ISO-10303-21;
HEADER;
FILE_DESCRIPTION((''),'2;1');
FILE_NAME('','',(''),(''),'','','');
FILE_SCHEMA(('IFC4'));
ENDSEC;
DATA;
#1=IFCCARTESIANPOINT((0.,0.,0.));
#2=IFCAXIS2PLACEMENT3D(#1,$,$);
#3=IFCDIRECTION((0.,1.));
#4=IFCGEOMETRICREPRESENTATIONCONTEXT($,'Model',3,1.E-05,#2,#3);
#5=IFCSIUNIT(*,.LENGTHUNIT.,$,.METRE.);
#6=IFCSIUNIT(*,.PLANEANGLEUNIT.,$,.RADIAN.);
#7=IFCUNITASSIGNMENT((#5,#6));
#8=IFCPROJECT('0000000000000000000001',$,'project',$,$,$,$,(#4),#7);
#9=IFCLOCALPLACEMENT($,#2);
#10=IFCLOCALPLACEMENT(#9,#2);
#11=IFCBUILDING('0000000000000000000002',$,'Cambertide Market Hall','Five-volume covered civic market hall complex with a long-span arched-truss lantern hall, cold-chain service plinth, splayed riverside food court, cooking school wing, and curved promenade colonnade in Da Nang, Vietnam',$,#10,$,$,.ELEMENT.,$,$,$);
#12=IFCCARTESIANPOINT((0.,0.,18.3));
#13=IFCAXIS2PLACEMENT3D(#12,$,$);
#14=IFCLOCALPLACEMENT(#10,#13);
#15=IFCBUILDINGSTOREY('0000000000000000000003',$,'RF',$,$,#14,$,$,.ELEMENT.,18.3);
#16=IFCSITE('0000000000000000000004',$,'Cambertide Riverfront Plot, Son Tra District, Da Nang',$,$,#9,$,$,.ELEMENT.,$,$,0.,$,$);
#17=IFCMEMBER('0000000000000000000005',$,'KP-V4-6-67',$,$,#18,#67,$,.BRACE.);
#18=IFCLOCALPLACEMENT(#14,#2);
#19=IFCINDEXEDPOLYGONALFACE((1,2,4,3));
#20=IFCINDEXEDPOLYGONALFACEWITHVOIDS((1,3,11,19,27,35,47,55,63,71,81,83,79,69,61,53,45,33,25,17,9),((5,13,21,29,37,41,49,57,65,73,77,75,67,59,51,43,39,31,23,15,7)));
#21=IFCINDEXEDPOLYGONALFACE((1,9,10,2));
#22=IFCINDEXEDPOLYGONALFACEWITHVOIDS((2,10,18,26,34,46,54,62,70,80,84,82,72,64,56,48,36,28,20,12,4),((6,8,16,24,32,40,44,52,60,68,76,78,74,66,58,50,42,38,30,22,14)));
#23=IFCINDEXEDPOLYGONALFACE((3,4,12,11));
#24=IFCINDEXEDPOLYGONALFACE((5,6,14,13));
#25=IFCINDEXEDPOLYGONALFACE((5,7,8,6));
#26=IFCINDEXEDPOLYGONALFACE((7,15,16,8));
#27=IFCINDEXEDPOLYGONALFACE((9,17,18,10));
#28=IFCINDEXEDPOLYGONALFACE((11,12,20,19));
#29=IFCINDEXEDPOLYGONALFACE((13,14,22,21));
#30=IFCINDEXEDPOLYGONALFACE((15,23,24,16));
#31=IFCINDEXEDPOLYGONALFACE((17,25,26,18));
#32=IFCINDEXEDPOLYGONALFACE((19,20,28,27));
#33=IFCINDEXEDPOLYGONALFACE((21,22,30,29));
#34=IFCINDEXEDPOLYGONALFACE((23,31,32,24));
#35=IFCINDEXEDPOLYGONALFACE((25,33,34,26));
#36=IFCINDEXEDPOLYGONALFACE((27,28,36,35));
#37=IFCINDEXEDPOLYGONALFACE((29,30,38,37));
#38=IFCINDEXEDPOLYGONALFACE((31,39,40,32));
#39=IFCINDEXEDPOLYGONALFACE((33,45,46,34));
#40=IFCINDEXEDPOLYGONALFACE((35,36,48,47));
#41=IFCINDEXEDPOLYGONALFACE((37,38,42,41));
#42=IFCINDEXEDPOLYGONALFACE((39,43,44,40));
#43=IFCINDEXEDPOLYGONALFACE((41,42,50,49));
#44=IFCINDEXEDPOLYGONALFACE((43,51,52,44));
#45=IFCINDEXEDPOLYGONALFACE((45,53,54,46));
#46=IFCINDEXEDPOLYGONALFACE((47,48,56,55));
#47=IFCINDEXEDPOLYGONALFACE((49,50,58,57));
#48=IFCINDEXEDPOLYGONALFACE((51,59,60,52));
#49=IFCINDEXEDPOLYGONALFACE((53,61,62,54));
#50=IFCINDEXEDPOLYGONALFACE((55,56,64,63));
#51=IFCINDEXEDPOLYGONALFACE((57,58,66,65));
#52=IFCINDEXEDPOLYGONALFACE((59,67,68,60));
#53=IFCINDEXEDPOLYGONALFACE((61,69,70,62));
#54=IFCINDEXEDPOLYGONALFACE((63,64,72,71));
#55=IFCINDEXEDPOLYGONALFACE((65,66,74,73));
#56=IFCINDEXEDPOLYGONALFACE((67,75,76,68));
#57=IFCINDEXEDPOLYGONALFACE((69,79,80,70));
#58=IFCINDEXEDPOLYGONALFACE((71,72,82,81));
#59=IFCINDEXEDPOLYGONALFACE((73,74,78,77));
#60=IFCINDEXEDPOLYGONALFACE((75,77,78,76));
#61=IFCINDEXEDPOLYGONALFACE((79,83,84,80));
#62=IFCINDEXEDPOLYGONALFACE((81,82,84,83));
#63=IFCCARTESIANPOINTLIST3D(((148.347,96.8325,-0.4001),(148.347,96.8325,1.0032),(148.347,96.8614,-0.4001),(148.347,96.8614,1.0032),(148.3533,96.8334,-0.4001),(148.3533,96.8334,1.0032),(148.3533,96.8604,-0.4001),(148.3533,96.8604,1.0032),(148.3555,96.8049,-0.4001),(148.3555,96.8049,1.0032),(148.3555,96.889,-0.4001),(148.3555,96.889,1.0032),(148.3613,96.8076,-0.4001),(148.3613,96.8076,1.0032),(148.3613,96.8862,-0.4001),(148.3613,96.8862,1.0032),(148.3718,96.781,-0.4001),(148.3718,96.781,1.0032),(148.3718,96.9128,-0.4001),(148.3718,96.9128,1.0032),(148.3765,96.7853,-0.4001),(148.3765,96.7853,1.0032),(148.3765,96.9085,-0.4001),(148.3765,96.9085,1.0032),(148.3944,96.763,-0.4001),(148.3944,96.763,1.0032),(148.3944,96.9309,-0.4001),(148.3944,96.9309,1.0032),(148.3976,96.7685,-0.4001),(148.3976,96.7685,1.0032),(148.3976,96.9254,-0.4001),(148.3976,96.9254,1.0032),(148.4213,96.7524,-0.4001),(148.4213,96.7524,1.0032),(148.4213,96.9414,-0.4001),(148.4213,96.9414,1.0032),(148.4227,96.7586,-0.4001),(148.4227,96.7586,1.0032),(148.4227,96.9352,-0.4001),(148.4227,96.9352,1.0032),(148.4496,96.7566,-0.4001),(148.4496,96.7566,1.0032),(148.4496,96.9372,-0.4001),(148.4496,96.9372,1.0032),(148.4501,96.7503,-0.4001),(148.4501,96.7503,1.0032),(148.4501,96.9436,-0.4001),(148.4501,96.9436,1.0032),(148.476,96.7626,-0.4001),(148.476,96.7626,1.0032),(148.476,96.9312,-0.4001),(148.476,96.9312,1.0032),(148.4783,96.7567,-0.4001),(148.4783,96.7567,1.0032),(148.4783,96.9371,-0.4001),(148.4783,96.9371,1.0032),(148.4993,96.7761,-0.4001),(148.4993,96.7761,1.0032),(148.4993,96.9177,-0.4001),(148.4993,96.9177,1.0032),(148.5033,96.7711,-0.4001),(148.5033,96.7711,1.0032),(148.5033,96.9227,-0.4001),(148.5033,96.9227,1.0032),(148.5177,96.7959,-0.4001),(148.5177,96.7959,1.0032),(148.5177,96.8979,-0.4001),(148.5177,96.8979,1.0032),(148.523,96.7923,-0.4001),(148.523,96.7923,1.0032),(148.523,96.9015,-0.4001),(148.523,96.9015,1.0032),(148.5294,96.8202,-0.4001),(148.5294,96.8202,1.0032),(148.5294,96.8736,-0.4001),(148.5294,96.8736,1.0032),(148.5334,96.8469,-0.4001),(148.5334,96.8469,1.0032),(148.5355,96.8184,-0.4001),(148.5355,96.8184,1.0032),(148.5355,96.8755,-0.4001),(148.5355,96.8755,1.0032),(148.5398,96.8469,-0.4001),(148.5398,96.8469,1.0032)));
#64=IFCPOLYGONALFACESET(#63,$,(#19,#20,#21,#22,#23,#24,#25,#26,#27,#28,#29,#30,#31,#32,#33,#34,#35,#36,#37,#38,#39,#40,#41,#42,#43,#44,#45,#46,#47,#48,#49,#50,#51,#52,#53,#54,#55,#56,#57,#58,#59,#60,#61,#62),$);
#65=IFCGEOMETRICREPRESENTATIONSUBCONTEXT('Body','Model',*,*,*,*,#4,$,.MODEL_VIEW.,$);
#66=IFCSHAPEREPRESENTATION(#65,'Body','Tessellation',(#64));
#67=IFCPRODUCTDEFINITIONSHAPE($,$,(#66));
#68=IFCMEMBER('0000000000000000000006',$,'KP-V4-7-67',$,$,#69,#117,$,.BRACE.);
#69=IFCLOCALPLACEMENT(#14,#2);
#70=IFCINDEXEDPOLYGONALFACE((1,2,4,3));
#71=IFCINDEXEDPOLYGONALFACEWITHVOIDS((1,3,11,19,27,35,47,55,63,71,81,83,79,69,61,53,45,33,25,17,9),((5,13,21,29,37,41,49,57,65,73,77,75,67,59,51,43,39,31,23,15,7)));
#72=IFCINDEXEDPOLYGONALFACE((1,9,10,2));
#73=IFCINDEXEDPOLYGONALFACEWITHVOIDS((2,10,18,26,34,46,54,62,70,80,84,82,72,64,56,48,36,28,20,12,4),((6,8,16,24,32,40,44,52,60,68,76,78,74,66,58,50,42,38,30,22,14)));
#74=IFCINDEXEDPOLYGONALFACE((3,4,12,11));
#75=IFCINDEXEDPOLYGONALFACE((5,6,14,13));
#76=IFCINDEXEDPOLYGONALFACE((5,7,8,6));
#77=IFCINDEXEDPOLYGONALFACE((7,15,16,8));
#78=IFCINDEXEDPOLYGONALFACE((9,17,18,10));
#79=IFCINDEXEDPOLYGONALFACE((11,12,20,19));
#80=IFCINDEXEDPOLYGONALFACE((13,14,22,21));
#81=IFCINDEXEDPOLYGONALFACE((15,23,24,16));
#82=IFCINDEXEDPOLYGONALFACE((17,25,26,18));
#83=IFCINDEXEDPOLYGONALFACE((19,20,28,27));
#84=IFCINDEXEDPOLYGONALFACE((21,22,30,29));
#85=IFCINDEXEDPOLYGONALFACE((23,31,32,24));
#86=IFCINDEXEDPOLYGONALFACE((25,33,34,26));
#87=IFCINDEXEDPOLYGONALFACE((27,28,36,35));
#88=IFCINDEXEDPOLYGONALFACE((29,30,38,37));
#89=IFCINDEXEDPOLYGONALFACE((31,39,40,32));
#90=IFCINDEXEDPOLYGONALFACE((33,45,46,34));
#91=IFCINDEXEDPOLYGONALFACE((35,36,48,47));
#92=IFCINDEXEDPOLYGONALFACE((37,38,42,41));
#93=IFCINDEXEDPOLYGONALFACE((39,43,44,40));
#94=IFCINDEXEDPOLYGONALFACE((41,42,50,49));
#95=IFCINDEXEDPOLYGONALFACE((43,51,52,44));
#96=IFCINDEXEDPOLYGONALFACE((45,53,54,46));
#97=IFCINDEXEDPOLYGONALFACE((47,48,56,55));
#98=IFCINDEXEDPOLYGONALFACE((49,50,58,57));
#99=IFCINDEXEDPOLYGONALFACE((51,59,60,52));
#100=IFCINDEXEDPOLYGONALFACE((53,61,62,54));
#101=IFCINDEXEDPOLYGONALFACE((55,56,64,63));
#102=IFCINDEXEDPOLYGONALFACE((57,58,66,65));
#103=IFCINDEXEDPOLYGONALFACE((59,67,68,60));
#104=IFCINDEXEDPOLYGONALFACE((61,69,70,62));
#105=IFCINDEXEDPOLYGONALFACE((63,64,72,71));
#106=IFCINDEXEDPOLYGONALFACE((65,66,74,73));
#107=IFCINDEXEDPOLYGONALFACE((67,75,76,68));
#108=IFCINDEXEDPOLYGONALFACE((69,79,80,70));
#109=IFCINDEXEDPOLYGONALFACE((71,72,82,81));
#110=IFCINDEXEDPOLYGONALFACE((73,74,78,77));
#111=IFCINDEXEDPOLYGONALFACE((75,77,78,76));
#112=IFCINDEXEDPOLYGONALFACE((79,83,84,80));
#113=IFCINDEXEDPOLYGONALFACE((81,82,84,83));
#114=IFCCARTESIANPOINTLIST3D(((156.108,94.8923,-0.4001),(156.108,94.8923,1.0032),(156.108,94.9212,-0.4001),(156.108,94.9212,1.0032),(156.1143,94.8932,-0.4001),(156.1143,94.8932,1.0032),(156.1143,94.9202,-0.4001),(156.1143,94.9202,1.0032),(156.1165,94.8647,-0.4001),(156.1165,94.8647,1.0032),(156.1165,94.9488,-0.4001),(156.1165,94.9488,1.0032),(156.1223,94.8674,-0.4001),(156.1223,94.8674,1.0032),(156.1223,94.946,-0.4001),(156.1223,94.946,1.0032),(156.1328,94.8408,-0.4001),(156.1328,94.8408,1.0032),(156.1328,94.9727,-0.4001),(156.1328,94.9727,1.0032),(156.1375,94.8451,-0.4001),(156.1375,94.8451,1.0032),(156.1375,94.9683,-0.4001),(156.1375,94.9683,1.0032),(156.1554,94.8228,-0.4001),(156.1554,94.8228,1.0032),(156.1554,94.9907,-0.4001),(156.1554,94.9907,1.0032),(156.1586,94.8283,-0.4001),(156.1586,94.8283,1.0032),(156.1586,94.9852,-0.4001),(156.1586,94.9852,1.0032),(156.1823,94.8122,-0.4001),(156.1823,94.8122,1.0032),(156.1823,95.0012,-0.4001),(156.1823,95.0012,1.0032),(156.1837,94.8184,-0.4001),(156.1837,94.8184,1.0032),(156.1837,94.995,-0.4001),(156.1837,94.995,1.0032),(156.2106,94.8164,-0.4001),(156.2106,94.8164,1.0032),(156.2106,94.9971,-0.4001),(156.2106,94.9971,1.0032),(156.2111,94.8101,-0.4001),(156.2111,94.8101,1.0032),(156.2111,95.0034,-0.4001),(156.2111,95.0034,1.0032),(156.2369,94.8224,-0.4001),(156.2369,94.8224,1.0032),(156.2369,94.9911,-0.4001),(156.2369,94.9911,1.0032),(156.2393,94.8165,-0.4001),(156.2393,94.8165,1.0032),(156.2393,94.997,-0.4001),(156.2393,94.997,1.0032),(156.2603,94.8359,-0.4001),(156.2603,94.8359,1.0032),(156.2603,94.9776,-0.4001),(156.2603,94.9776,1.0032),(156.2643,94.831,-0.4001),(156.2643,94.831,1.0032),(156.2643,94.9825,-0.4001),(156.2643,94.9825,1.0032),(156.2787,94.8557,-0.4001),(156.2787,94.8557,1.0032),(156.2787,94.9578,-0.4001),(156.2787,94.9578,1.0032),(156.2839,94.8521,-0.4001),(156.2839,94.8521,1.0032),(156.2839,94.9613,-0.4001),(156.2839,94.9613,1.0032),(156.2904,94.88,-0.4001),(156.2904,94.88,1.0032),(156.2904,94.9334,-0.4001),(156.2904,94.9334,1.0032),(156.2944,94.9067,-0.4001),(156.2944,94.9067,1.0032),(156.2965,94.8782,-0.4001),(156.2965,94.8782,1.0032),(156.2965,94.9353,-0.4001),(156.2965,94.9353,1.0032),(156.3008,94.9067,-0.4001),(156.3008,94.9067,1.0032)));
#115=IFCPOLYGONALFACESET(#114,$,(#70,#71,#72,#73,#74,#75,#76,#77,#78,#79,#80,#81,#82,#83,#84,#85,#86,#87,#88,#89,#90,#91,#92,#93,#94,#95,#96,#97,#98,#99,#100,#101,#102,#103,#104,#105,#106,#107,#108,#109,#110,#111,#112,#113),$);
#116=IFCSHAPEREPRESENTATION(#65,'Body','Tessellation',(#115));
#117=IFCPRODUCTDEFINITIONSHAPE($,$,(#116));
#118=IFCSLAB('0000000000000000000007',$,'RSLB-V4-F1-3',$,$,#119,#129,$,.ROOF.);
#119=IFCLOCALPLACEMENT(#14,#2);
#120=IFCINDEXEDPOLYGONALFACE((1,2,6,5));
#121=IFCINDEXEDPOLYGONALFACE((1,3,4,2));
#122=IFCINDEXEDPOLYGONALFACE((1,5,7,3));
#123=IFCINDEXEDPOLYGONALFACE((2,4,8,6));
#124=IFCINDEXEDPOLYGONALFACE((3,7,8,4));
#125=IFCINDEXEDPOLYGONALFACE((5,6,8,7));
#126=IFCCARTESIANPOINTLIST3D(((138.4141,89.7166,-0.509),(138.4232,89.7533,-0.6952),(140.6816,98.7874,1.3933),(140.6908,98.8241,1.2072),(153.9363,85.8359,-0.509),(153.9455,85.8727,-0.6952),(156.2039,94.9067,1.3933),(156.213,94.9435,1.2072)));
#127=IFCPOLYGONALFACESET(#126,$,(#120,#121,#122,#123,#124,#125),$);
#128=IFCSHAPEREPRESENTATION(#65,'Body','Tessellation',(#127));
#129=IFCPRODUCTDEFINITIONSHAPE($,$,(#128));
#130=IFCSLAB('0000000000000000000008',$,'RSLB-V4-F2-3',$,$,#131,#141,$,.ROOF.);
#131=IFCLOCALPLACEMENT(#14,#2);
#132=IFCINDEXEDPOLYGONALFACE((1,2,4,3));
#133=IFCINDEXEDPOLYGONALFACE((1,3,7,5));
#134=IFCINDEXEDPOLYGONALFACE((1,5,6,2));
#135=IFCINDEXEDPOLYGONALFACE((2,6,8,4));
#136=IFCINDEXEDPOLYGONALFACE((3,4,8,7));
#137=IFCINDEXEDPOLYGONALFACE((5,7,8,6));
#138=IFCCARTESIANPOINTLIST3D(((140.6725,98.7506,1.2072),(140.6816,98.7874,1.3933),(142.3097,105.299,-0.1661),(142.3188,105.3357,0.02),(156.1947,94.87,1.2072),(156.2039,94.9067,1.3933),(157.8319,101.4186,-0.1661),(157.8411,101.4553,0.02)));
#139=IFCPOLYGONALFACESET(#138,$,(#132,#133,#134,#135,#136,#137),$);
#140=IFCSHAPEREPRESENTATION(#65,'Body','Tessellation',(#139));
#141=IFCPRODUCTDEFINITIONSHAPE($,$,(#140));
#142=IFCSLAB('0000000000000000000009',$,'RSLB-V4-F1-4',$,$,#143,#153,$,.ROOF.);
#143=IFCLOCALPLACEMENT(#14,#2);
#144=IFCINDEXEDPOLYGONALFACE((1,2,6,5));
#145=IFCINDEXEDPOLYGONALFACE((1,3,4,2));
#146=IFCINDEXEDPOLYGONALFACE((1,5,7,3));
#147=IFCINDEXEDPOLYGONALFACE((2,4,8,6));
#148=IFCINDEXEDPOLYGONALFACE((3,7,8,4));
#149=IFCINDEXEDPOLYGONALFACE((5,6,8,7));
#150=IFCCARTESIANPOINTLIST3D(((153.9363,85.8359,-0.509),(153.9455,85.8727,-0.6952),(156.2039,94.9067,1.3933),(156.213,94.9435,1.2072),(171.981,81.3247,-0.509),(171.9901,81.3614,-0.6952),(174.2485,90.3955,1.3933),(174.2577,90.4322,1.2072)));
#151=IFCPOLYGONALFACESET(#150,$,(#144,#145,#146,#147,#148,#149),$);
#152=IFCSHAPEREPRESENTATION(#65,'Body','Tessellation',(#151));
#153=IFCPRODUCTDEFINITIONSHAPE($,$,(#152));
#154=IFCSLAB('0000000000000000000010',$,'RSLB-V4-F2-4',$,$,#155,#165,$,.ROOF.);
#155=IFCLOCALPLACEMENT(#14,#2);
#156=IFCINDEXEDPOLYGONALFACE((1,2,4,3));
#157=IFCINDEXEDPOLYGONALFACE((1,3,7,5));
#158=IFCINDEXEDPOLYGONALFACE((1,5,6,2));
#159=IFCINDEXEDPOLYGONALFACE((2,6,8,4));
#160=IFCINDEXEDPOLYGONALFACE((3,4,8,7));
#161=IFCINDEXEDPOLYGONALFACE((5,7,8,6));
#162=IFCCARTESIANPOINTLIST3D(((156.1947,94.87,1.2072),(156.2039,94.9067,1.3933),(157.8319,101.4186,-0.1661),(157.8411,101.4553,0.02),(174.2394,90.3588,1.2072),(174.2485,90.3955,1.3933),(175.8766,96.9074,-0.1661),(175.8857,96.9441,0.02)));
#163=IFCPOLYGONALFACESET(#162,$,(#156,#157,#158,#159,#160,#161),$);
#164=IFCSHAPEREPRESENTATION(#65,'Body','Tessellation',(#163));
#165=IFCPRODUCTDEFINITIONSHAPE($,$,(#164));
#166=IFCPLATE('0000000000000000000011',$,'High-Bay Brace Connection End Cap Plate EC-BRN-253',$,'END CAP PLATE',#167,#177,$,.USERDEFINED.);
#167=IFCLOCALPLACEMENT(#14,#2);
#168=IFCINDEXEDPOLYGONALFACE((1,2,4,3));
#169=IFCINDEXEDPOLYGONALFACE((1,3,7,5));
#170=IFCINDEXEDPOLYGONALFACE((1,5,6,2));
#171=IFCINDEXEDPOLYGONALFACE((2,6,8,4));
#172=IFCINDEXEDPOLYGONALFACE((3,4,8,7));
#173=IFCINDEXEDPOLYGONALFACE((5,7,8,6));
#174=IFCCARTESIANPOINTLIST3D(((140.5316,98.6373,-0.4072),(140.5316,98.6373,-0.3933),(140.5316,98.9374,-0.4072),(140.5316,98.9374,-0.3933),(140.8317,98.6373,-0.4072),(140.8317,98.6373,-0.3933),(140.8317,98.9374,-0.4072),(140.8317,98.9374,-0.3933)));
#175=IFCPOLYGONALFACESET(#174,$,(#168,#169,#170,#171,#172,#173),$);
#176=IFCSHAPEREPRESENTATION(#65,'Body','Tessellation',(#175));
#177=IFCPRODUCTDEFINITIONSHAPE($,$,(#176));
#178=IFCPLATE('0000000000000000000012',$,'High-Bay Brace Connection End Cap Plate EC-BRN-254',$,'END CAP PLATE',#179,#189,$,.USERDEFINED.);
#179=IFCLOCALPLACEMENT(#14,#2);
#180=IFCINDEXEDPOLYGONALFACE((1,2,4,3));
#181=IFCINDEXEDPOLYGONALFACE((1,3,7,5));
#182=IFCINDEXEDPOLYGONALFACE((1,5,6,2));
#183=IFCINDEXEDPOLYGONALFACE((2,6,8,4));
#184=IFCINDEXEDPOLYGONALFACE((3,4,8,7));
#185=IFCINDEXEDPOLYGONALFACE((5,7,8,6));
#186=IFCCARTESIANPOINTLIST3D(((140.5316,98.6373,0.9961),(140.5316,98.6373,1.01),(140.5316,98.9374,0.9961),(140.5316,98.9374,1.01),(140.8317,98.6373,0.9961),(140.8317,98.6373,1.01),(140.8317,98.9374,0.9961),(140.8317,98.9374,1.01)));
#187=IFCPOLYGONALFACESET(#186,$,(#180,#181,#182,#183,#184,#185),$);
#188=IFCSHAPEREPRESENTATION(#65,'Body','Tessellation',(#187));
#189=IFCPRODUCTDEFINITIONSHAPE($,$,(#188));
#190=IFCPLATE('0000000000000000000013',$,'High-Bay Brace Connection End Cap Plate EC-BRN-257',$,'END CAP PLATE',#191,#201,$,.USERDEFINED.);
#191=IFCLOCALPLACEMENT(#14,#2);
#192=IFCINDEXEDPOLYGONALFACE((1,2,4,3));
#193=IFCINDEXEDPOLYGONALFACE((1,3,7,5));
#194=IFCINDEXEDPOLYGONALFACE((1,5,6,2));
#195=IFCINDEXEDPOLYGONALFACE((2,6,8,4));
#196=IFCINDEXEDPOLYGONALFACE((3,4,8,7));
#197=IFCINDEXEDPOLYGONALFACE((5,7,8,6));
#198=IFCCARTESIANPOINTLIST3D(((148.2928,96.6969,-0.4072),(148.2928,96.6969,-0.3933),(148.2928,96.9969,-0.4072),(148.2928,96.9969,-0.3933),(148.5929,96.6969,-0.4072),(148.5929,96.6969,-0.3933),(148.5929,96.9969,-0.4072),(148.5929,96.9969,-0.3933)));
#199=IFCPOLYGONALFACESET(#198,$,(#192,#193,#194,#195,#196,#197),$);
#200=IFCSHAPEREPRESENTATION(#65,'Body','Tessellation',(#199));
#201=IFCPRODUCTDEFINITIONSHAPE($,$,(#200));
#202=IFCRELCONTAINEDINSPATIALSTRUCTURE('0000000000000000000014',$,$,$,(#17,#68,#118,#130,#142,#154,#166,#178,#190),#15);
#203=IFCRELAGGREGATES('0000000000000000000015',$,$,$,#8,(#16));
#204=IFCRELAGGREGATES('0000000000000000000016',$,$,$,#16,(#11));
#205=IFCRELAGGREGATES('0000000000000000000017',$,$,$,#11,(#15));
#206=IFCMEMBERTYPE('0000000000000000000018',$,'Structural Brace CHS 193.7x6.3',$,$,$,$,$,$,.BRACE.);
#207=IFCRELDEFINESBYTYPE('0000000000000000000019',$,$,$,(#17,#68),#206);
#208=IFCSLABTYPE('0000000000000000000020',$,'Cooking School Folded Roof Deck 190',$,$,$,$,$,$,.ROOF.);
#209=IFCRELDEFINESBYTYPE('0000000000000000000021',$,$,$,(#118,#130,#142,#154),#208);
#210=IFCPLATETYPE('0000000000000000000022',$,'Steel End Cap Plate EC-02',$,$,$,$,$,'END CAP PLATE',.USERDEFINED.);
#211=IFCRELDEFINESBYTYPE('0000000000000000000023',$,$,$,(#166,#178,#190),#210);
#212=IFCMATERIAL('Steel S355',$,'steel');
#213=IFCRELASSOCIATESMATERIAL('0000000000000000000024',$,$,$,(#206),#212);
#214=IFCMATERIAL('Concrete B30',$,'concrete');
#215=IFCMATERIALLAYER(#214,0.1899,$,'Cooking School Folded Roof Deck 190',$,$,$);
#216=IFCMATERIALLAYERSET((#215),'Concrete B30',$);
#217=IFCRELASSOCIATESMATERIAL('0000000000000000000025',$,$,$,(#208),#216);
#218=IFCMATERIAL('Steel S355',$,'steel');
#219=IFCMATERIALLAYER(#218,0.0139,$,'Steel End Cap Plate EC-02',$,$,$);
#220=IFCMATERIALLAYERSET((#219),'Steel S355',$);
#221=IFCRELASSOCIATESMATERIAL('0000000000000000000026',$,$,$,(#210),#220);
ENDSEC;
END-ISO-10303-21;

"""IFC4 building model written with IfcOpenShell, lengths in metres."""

from ifc_helpers import new_model, si_unit, direction, frame, origin, origin_2d, place, context, subcontext, project, spatial, polyline, rectangle, hollow_circle, outline, extrude, material, layer, layer_set, material_profile, profile_set, type_object, element, save


model = new_model("IFC4")

# Units and contexts
model_context = context("Model", 3, precision=1e-05, world=origin(), true_north=direction((0.0, 1.0)))
body_context = subcontext(model_context, "Body", "Model", "MODEL_VIEW")
ifc_project = project(units=[si_unit("LENGTHUNIT", "METRE"), si_unit("PLANEANGLEUNIT", "RADIAN")], contexts=[model_context])

# Site, building, storey
site_placement = place(None, origin())
site = spatial("IfcSite", under=ifc_project, at=site_placement, Name="Cambertide Riverfront Plot, Son Tra District, Da Nang", CompositionType="ELEMENT", RefElevation=0.0)
building_placement = place(site_placement, origin())
building = spatial("IfcBuilding", under=site, at=building_placement, Name="Cambertide Market Hall", Description="Five-volume covered civic market hall complex with a long-span arched-truss lantern hall, cold-chain service plinth, splayed riverside food court, cooking school wing, and curved promenade colonnade in Da Nang, Vietnam", CompositionType="ELEMENT")
storey_placement = place(building_placement, frame((0.0, 0.0, 18.3)))
storey = spatial("IfcBuildingStorey", under=building, at=storey_placement, Name="RF", CompositionType="ELEMENT", Elevation=18.3)

# Members
ifc_material_1 = material(Name="Steel S355", Category="steel")
ifc_material_profile_1 = material_profile(ifc_material_1, hollow_circle(Radius=0.0969, WallThickness=0.0063, at=origin_2d()), Name="CHS 193.7x6.3")
ifc_profile_set_1 = profile_set([ifc_material_profile_1], Name="Steel S355")
member_type_1 = type_object("IfcMemberType", Name="Structural Brace CHS 193.7x6.3", PredefinedType="BRACE", material=ifc_profile_set_1)
for number, where, z_axis, x_axis, name in (
    (1, (148.4429, 96.8469, -0.4001), (0.0, 0.0, 1.0), (1.0, 0.0, 0.0), "KP-V4-6-67"),
    (2, (156.2039, 94.9067, -0.4001), (0.0, 0.0, 1.0), (1.0, 0.0, 0.0), "KP-V4-7-67"),
):
    element("IfcMember", number, at=place(storey_placement, frame(where, z_axis=z_axis, x_axis=x_axis)), inside=storey, type_object=member_type_1, Name=name, PredefinedType="BRACE", context=body_context, shape_type="SweptSolid", body=[
        extrude(hollow_circle(Radius=0.0969, WallThickness=0.0063, at=origin_2d()), origin(), (0.0, 0.0, 1.0), 1.4033),
    ])

# Slabs
ifc_material_2 = material(Name="Concrete B30", Category="concrete")
ifc_layer_1 = layer(ifc_material_2, 0.1899, Name="Cooking School Folded Roof Deck 190")
ifc_layer_set_1 = layer_set([ifc_layer_1], Name="Concrete B30")
slab_type = type_object("IfcSlabType", Name="Cooking School Folded Roof Deck 190", PredefinedType="ROOF", material=ifc_layer_set_1)
slab_1_placement = place(storey_placement, frame((138.4141, 89.7166, -0.509), z_axis=(-0.048356, -0.193423, 0.979923), x_axis=(0.970142, -0.242539, 0.0)))
element("IfcSlab", 3, at=slab_1_placement, inside=storey, type_object=slab_type, Name="RSLB-V4-F1-3", PredefinedType="ROOF", context=body_context, shape_type="SweptSolid", body=[
    extrude(outline(polyline([(0.0, 0.0), (15.9999, 0.0), (15.9998, 9.5415), (-0.0002, 9.5415), (0.0, 0.0)])), origin(), (0.0, 0.0, -1.0), 0.1899),
])
slab_2_placement = place(storey_placement, frame((140.6816, 98.7874, 1.3933), z_axis=(0.048353, 0.193413, 0.979925), x_axis=(0.970142, -0.242539, 0.000001)))
element("IfcSlab", 4, at=slab_2_placement, inside=storey, type_object=slab_type, Name="RSLB-V4-F2-3", PredefinedType="ROOF", context=body_context, shape_type="SweptSolid", body=[
    extrude(outline(polyline([(0.0, 0.0), (15.9999, 0.0), (16.0, 6.8884), (0.0001, 6.8882), (0.0, 0.0)])), origin(), (0.0, 0.0, -1.0), 0.1899),
])
slab_3_placement = place(storey_placement, frame((153.9363, 85.8359, -0.509), z_axis=(-0.048356, -0.193423, 0.979923), x_axis=(0.970142, -0.242539, 0.0)))
element("IfcSlab", 5, at=slab_3_placement, inside=storey, type_object=slab_type, Name="RSLB-V4-F1-4", PredefinedType="ROOF", context=body_context, shape_type="SweptSolid", body=[
    extrude(outline(polyline([(0.0, 0.0), (18.6, 0.0), (18.5999, 9.5415), (-0.0001, 9.5415), (0.0, 0.0)])), origin(), (0.0, 0.0, -1.0), 0.1899),
])
slab_4_placement = place(storey_placement, frame((156.2039, 94.9067, 1.3933), z_axis=(0.048353, 0.19341, 0.979926), x_axis=(0.970142, -0.242539, 0.0)))
element("IfcSlab", 6, at=slab_4_placement, inside=storey, type_object=slab_type, Name="RSLB-V4-F2-4", PredefinedType="ROOF", context=body_context, shape_type="SweptSolid", body=[
    extrude(outline(polyline([(0.0, 0.0), (18.6, 0.0), (18.6001, 6.8884), (0.0, 6.8884), (0.0, 0.0)])), origin(), (0.0, 0.0, -1.0), 0.1899),
])

# Plates
ifc_material_3 = material(Name="Steel S355", Category="steel")
ifc_layer_2 = layer(ifc_material_3, 0.0139, Name="Steel End Cap Plate EC-02")
ifc_layer_set_2 = layer_set([ifc_layer_2], Name="Steel S355")
plate_type = type_object("IfcPlateType", Name="Steel End Cap Plate EC-02", ElementType="END CAP PLATE", PredefinedType="USERDEFINED", material=ifc_layer_set_2)
for number, where, z_axis, x_axis, name in (
    (7, (140.6816, 98.7874, -0.4072), (0.0, 0.0, 1.0), (1.0, 0.0, 0.0), "High-Bay Brace Connection End Cap Plate EC-BRN-253"),
    (8, (140.6816, 98.7874, 0.9961), (0.0, 0.0, 1.0), (1.0, 0.0, 0.0), "High-Bay Brace Connection End Cap Plate EC-BRN-254"),
    (9, (148.4429, 96.8469, -0.4072), (0.0, 0.0, 1.0), (1.0, 0.0, 0.0), "High-Bay Brace Connection End Cap Plate EC-BRN-257"),
):
    element("IfcPlate", number, at=place(storey_placement, frame(where, z_axis=z_axis, x_axis=x_axis)), inside=storey, type_object=plate_type, Name=name, ObjectType="END CAP PLATE", PredefinedType="USERDEFINED", context=body_context, shape_type="SweptSolid", body=[
        extrude(rectangle(XDim=0.3, YDim=0.3, at=origin_2d()), origin(), (0.0, 0.0, 1.0), 0.0139),
    ])

save(model, "model.ifc")
